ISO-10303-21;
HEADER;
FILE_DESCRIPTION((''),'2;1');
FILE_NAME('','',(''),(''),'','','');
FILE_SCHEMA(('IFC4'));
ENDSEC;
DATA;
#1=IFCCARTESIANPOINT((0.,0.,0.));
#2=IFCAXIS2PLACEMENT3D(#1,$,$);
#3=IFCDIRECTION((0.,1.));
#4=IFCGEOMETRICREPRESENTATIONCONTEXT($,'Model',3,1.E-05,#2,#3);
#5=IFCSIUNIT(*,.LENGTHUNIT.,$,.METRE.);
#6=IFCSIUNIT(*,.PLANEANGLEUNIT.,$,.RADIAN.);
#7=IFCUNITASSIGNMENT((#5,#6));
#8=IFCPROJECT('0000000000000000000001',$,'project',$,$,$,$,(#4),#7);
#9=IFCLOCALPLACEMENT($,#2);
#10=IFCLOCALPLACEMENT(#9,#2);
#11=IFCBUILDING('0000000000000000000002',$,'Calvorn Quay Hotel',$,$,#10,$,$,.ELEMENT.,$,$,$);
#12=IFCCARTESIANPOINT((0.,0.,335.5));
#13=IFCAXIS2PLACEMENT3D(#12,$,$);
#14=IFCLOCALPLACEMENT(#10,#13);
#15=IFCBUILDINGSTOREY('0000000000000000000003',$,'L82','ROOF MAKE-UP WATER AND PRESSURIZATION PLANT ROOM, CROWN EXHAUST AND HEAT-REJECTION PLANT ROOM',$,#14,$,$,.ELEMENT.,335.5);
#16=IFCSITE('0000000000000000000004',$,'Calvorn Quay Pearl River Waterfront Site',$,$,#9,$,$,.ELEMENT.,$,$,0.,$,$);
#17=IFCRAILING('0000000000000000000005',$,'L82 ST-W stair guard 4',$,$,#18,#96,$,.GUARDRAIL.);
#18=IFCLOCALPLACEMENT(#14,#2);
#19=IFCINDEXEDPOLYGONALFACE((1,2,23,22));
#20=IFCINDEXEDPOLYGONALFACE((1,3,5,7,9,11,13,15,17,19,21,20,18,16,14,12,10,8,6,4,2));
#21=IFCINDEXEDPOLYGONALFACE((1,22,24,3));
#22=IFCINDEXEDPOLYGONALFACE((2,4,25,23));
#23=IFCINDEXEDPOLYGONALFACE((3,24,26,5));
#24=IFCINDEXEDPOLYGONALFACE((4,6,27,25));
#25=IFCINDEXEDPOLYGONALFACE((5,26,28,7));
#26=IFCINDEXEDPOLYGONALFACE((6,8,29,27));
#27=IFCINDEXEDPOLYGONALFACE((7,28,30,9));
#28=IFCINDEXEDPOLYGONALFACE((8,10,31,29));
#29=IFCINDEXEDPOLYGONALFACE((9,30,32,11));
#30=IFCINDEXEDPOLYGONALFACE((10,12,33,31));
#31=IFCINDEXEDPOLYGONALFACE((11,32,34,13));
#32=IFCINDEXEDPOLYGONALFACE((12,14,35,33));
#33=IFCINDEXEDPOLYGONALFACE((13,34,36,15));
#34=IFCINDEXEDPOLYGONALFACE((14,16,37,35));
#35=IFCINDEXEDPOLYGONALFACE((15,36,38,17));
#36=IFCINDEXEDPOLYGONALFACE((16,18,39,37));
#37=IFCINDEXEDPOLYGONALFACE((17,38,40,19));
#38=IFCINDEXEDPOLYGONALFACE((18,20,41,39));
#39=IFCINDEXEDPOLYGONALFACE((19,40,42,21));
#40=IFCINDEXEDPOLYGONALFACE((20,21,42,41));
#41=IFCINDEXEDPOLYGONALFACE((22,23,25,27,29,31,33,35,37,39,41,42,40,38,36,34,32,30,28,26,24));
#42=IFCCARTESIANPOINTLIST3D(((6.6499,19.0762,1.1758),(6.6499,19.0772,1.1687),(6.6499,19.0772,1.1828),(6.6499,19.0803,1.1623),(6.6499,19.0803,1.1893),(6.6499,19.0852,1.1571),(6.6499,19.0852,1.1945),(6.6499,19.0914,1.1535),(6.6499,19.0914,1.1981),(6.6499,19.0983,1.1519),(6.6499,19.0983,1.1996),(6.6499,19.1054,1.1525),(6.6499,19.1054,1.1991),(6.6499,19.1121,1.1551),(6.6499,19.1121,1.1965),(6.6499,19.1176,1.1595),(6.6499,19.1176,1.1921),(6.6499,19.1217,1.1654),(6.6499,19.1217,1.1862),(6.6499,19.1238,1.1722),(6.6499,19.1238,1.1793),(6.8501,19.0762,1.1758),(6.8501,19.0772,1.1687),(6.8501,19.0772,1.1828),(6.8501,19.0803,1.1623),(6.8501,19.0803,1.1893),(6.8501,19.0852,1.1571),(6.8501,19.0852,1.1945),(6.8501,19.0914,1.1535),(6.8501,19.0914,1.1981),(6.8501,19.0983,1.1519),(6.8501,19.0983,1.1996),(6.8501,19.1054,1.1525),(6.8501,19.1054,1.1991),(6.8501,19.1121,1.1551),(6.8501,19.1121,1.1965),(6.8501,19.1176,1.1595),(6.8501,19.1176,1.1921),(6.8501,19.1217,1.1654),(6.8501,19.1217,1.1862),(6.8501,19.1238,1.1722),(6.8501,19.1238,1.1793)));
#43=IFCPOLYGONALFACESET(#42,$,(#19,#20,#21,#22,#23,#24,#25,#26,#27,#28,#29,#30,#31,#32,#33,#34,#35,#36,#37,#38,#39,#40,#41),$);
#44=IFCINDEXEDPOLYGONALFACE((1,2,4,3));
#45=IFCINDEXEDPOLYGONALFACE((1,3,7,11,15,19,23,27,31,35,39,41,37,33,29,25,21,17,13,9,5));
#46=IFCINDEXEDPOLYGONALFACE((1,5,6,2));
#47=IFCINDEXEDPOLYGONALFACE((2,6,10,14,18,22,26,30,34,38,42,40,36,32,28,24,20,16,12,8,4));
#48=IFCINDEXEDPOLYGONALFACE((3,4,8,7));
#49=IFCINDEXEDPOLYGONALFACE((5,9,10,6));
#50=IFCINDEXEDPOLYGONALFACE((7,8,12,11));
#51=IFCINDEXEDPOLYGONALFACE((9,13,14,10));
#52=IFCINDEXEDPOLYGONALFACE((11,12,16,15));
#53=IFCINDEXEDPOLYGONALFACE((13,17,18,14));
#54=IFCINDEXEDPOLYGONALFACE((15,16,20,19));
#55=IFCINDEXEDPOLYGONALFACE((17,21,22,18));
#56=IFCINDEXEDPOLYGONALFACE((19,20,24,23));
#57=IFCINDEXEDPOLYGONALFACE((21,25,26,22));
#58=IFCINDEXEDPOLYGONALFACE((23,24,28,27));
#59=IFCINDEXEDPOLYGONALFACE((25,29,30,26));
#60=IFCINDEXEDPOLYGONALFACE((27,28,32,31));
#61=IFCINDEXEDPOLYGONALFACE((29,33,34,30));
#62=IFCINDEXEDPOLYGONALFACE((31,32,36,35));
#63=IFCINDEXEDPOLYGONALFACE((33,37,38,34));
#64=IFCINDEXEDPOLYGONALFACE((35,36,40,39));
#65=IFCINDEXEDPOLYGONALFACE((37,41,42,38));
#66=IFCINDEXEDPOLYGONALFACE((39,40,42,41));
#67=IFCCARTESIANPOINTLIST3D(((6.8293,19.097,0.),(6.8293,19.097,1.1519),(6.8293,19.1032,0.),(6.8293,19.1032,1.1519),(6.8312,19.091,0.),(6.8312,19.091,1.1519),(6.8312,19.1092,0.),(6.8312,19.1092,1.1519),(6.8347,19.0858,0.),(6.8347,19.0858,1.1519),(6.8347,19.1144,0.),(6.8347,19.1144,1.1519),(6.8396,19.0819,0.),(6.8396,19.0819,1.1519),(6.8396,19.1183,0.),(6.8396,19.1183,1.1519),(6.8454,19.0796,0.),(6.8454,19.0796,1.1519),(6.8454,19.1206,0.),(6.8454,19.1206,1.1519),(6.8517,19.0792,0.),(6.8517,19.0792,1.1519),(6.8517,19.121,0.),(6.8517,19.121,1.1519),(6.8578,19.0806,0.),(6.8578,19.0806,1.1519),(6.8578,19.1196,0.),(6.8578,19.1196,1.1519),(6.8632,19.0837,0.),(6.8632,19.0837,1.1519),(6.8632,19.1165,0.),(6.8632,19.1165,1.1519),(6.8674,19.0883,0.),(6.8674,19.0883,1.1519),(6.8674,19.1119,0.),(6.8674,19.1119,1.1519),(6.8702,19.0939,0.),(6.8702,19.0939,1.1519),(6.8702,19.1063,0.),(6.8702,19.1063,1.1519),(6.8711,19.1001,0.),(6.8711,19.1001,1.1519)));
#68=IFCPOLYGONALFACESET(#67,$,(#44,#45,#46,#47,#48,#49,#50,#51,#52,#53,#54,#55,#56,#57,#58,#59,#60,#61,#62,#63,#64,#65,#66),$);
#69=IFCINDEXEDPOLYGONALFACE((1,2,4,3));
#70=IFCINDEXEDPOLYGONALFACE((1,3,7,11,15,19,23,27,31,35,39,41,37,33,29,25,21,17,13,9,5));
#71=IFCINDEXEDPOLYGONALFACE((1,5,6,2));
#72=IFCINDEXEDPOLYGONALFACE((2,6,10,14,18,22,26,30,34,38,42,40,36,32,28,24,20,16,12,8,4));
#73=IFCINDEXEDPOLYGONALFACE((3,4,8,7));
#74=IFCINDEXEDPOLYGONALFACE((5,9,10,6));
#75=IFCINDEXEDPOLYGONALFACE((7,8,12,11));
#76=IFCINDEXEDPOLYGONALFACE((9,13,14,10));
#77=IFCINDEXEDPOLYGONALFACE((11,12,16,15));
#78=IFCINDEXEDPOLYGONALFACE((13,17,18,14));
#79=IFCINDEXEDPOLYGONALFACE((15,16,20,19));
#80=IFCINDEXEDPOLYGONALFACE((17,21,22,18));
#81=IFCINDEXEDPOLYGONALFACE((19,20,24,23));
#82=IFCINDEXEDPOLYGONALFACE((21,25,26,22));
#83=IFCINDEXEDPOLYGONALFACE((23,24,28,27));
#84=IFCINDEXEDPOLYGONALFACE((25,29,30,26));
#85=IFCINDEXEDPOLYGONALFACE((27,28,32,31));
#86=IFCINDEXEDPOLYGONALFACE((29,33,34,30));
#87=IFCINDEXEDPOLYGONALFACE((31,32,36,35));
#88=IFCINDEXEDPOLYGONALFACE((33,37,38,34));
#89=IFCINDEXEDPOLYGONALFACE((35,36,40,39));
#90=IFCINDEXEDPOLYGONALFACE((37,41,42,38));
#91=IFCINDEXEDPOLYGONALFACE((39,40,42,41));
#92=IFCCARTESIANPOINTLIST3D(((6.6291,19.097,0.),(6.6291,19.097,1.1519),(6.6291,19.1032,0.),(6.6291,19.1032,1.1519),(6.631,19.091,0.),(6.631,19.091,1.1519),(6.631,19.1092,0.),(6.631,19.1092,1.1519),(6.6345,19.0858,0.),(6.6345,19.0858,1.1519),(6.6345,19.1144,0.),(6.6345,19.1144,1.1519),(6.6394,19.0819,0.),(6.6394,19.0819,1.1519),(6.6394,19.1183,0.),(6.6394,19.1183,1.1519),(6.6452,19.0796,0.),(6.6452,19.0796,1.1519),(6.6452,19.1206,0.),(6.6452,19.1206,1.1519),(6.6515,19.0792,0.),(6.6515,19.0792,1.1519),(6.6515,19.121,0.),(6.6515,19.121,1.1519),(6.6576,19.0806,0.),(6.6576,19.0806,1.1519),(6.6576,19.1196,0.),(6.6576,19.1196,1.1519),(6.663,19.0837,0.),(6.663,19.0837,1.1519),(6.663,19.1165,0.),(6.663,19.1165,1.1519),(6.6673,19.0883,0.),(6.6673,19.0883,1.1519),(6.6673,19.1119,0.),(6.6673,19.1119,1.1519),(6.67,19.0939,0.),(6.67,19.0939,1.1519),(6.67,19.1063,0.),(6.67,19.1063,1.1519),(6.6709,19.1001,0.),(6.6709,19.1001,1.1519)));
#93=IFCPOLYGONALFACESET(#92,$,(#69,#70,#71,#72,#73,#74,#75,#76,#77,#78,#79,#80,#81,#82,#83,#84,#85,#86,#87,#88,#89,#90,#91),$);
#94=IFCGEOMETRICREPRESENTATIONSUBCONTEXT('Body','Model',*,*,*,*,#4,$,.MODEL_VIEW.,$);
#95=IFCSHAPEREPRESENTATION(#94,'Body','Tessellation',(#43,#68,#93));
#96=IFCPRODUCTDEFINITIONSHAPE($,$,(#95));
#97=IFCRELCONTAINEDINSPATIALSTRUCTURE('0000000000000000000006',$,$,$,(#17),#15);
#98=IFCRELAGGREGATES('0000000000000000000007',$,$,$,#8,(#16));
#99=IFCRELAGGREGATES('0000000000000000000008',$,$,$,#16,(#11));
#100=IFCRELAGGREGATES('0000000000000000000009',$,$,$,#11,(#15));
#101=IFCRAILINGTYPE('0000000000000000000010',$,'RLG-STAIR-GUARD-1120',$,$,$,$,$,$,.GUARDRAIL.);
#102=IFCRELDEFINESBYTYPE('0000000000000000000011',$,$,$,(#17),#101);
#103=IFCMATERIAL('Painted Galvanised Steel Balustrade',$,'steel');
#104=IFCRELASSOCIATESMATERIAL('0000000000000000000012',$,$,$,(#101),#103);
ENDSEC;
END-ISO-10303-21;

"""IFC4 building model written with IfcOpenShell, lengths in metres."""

from ifc_helpers import new_model, si_unit, direction, frame, origin, origin_2d, place, context, subcontext, project, spatial, circle, extrude, material, type_object, element, save


model = new_model("IFC4")

# Units and contexts
model_context = context("Model", 3, precision=1e-05, world=origin(), true_north=direction((0.0, 1.0)))
body_context = subcontext(model_context, "Body", "Model", "MODEL_VIEW")
ifc_project = project(units=[si_unit("LENGTHUNIT", "METRE"), si_unit("PLANEANGLEUNIT", "RADIAN")], contexts=[model_context])

# Site, building, storey
site_placement = place(None, origin())
site = spatial("IfcSite", under=ifc_project, at=site_placement, Name="Calvorn Quay Pearl River Waterfront Site", CompositionType="ELEMENT", RefElevation=0.0)
building_placement = place(site_placement, origin())
building = spatial("IfcBuilding", under=site, at=building_placement, Name="Calvorn Quay Hotel", CompositionType="ELEMENT")
storey_placement = place(building_placement, frame((0.0, 0.0, 335.5)))
storey = spatial("IfcBuildingStorey", under=building, at=storey_placement, Name="L82", Description="ROOF MAKE-UP WATER AND PRESSURIZATION PLANT ROOM, CROWN EXHAUST AND HEAT-REJECTION PLANT ROOM", CompositionType="ELEMENT", Elevation=335.5)

# Railing
ifc_material_1 = material(Name="Painted Galvanised Steel Balustrade", Category="steel")
railing_type_1 = type_object("IfcRailingType", Name="RLG-STAIR-GUARD-1120", PredefinedType="GUARDRAIL", material=ifc_material_1)
railing_1_placement = place(storey_placement, frame((6.8501, 19.1001, 0.0)))
element("IfcRailing", 1, at=railing_1_placement, inside=storey, type_object=railing_type_1, Name="L82 ST-W stair guard 4", PredefinedType="GUARDRAIL", context=body_context, shape_type="SweptSolid", body=[
    extrude(circle(Radius=0.0239, at=origin_2d()), frame((0.0, 0.0, 1.1758), z_axis=(-1.0, 0.0, 0.0), x_axis=(0.0, -1.0, 0.0)), (0.0, 0.0, 1.0), 0.2002),
    extrude(circle(Radius=0.021, at=origin_2d()), origin(), (0.0, 0.0, 1.0), 1.1519),
    extrude(circle(Radius=0.021, at=origin_2d()), frame((-0.2002, 0.0, 0.0)), (0.0, 0.0, 1.0), 1.1519),
])

save(model, "model.ifc")
